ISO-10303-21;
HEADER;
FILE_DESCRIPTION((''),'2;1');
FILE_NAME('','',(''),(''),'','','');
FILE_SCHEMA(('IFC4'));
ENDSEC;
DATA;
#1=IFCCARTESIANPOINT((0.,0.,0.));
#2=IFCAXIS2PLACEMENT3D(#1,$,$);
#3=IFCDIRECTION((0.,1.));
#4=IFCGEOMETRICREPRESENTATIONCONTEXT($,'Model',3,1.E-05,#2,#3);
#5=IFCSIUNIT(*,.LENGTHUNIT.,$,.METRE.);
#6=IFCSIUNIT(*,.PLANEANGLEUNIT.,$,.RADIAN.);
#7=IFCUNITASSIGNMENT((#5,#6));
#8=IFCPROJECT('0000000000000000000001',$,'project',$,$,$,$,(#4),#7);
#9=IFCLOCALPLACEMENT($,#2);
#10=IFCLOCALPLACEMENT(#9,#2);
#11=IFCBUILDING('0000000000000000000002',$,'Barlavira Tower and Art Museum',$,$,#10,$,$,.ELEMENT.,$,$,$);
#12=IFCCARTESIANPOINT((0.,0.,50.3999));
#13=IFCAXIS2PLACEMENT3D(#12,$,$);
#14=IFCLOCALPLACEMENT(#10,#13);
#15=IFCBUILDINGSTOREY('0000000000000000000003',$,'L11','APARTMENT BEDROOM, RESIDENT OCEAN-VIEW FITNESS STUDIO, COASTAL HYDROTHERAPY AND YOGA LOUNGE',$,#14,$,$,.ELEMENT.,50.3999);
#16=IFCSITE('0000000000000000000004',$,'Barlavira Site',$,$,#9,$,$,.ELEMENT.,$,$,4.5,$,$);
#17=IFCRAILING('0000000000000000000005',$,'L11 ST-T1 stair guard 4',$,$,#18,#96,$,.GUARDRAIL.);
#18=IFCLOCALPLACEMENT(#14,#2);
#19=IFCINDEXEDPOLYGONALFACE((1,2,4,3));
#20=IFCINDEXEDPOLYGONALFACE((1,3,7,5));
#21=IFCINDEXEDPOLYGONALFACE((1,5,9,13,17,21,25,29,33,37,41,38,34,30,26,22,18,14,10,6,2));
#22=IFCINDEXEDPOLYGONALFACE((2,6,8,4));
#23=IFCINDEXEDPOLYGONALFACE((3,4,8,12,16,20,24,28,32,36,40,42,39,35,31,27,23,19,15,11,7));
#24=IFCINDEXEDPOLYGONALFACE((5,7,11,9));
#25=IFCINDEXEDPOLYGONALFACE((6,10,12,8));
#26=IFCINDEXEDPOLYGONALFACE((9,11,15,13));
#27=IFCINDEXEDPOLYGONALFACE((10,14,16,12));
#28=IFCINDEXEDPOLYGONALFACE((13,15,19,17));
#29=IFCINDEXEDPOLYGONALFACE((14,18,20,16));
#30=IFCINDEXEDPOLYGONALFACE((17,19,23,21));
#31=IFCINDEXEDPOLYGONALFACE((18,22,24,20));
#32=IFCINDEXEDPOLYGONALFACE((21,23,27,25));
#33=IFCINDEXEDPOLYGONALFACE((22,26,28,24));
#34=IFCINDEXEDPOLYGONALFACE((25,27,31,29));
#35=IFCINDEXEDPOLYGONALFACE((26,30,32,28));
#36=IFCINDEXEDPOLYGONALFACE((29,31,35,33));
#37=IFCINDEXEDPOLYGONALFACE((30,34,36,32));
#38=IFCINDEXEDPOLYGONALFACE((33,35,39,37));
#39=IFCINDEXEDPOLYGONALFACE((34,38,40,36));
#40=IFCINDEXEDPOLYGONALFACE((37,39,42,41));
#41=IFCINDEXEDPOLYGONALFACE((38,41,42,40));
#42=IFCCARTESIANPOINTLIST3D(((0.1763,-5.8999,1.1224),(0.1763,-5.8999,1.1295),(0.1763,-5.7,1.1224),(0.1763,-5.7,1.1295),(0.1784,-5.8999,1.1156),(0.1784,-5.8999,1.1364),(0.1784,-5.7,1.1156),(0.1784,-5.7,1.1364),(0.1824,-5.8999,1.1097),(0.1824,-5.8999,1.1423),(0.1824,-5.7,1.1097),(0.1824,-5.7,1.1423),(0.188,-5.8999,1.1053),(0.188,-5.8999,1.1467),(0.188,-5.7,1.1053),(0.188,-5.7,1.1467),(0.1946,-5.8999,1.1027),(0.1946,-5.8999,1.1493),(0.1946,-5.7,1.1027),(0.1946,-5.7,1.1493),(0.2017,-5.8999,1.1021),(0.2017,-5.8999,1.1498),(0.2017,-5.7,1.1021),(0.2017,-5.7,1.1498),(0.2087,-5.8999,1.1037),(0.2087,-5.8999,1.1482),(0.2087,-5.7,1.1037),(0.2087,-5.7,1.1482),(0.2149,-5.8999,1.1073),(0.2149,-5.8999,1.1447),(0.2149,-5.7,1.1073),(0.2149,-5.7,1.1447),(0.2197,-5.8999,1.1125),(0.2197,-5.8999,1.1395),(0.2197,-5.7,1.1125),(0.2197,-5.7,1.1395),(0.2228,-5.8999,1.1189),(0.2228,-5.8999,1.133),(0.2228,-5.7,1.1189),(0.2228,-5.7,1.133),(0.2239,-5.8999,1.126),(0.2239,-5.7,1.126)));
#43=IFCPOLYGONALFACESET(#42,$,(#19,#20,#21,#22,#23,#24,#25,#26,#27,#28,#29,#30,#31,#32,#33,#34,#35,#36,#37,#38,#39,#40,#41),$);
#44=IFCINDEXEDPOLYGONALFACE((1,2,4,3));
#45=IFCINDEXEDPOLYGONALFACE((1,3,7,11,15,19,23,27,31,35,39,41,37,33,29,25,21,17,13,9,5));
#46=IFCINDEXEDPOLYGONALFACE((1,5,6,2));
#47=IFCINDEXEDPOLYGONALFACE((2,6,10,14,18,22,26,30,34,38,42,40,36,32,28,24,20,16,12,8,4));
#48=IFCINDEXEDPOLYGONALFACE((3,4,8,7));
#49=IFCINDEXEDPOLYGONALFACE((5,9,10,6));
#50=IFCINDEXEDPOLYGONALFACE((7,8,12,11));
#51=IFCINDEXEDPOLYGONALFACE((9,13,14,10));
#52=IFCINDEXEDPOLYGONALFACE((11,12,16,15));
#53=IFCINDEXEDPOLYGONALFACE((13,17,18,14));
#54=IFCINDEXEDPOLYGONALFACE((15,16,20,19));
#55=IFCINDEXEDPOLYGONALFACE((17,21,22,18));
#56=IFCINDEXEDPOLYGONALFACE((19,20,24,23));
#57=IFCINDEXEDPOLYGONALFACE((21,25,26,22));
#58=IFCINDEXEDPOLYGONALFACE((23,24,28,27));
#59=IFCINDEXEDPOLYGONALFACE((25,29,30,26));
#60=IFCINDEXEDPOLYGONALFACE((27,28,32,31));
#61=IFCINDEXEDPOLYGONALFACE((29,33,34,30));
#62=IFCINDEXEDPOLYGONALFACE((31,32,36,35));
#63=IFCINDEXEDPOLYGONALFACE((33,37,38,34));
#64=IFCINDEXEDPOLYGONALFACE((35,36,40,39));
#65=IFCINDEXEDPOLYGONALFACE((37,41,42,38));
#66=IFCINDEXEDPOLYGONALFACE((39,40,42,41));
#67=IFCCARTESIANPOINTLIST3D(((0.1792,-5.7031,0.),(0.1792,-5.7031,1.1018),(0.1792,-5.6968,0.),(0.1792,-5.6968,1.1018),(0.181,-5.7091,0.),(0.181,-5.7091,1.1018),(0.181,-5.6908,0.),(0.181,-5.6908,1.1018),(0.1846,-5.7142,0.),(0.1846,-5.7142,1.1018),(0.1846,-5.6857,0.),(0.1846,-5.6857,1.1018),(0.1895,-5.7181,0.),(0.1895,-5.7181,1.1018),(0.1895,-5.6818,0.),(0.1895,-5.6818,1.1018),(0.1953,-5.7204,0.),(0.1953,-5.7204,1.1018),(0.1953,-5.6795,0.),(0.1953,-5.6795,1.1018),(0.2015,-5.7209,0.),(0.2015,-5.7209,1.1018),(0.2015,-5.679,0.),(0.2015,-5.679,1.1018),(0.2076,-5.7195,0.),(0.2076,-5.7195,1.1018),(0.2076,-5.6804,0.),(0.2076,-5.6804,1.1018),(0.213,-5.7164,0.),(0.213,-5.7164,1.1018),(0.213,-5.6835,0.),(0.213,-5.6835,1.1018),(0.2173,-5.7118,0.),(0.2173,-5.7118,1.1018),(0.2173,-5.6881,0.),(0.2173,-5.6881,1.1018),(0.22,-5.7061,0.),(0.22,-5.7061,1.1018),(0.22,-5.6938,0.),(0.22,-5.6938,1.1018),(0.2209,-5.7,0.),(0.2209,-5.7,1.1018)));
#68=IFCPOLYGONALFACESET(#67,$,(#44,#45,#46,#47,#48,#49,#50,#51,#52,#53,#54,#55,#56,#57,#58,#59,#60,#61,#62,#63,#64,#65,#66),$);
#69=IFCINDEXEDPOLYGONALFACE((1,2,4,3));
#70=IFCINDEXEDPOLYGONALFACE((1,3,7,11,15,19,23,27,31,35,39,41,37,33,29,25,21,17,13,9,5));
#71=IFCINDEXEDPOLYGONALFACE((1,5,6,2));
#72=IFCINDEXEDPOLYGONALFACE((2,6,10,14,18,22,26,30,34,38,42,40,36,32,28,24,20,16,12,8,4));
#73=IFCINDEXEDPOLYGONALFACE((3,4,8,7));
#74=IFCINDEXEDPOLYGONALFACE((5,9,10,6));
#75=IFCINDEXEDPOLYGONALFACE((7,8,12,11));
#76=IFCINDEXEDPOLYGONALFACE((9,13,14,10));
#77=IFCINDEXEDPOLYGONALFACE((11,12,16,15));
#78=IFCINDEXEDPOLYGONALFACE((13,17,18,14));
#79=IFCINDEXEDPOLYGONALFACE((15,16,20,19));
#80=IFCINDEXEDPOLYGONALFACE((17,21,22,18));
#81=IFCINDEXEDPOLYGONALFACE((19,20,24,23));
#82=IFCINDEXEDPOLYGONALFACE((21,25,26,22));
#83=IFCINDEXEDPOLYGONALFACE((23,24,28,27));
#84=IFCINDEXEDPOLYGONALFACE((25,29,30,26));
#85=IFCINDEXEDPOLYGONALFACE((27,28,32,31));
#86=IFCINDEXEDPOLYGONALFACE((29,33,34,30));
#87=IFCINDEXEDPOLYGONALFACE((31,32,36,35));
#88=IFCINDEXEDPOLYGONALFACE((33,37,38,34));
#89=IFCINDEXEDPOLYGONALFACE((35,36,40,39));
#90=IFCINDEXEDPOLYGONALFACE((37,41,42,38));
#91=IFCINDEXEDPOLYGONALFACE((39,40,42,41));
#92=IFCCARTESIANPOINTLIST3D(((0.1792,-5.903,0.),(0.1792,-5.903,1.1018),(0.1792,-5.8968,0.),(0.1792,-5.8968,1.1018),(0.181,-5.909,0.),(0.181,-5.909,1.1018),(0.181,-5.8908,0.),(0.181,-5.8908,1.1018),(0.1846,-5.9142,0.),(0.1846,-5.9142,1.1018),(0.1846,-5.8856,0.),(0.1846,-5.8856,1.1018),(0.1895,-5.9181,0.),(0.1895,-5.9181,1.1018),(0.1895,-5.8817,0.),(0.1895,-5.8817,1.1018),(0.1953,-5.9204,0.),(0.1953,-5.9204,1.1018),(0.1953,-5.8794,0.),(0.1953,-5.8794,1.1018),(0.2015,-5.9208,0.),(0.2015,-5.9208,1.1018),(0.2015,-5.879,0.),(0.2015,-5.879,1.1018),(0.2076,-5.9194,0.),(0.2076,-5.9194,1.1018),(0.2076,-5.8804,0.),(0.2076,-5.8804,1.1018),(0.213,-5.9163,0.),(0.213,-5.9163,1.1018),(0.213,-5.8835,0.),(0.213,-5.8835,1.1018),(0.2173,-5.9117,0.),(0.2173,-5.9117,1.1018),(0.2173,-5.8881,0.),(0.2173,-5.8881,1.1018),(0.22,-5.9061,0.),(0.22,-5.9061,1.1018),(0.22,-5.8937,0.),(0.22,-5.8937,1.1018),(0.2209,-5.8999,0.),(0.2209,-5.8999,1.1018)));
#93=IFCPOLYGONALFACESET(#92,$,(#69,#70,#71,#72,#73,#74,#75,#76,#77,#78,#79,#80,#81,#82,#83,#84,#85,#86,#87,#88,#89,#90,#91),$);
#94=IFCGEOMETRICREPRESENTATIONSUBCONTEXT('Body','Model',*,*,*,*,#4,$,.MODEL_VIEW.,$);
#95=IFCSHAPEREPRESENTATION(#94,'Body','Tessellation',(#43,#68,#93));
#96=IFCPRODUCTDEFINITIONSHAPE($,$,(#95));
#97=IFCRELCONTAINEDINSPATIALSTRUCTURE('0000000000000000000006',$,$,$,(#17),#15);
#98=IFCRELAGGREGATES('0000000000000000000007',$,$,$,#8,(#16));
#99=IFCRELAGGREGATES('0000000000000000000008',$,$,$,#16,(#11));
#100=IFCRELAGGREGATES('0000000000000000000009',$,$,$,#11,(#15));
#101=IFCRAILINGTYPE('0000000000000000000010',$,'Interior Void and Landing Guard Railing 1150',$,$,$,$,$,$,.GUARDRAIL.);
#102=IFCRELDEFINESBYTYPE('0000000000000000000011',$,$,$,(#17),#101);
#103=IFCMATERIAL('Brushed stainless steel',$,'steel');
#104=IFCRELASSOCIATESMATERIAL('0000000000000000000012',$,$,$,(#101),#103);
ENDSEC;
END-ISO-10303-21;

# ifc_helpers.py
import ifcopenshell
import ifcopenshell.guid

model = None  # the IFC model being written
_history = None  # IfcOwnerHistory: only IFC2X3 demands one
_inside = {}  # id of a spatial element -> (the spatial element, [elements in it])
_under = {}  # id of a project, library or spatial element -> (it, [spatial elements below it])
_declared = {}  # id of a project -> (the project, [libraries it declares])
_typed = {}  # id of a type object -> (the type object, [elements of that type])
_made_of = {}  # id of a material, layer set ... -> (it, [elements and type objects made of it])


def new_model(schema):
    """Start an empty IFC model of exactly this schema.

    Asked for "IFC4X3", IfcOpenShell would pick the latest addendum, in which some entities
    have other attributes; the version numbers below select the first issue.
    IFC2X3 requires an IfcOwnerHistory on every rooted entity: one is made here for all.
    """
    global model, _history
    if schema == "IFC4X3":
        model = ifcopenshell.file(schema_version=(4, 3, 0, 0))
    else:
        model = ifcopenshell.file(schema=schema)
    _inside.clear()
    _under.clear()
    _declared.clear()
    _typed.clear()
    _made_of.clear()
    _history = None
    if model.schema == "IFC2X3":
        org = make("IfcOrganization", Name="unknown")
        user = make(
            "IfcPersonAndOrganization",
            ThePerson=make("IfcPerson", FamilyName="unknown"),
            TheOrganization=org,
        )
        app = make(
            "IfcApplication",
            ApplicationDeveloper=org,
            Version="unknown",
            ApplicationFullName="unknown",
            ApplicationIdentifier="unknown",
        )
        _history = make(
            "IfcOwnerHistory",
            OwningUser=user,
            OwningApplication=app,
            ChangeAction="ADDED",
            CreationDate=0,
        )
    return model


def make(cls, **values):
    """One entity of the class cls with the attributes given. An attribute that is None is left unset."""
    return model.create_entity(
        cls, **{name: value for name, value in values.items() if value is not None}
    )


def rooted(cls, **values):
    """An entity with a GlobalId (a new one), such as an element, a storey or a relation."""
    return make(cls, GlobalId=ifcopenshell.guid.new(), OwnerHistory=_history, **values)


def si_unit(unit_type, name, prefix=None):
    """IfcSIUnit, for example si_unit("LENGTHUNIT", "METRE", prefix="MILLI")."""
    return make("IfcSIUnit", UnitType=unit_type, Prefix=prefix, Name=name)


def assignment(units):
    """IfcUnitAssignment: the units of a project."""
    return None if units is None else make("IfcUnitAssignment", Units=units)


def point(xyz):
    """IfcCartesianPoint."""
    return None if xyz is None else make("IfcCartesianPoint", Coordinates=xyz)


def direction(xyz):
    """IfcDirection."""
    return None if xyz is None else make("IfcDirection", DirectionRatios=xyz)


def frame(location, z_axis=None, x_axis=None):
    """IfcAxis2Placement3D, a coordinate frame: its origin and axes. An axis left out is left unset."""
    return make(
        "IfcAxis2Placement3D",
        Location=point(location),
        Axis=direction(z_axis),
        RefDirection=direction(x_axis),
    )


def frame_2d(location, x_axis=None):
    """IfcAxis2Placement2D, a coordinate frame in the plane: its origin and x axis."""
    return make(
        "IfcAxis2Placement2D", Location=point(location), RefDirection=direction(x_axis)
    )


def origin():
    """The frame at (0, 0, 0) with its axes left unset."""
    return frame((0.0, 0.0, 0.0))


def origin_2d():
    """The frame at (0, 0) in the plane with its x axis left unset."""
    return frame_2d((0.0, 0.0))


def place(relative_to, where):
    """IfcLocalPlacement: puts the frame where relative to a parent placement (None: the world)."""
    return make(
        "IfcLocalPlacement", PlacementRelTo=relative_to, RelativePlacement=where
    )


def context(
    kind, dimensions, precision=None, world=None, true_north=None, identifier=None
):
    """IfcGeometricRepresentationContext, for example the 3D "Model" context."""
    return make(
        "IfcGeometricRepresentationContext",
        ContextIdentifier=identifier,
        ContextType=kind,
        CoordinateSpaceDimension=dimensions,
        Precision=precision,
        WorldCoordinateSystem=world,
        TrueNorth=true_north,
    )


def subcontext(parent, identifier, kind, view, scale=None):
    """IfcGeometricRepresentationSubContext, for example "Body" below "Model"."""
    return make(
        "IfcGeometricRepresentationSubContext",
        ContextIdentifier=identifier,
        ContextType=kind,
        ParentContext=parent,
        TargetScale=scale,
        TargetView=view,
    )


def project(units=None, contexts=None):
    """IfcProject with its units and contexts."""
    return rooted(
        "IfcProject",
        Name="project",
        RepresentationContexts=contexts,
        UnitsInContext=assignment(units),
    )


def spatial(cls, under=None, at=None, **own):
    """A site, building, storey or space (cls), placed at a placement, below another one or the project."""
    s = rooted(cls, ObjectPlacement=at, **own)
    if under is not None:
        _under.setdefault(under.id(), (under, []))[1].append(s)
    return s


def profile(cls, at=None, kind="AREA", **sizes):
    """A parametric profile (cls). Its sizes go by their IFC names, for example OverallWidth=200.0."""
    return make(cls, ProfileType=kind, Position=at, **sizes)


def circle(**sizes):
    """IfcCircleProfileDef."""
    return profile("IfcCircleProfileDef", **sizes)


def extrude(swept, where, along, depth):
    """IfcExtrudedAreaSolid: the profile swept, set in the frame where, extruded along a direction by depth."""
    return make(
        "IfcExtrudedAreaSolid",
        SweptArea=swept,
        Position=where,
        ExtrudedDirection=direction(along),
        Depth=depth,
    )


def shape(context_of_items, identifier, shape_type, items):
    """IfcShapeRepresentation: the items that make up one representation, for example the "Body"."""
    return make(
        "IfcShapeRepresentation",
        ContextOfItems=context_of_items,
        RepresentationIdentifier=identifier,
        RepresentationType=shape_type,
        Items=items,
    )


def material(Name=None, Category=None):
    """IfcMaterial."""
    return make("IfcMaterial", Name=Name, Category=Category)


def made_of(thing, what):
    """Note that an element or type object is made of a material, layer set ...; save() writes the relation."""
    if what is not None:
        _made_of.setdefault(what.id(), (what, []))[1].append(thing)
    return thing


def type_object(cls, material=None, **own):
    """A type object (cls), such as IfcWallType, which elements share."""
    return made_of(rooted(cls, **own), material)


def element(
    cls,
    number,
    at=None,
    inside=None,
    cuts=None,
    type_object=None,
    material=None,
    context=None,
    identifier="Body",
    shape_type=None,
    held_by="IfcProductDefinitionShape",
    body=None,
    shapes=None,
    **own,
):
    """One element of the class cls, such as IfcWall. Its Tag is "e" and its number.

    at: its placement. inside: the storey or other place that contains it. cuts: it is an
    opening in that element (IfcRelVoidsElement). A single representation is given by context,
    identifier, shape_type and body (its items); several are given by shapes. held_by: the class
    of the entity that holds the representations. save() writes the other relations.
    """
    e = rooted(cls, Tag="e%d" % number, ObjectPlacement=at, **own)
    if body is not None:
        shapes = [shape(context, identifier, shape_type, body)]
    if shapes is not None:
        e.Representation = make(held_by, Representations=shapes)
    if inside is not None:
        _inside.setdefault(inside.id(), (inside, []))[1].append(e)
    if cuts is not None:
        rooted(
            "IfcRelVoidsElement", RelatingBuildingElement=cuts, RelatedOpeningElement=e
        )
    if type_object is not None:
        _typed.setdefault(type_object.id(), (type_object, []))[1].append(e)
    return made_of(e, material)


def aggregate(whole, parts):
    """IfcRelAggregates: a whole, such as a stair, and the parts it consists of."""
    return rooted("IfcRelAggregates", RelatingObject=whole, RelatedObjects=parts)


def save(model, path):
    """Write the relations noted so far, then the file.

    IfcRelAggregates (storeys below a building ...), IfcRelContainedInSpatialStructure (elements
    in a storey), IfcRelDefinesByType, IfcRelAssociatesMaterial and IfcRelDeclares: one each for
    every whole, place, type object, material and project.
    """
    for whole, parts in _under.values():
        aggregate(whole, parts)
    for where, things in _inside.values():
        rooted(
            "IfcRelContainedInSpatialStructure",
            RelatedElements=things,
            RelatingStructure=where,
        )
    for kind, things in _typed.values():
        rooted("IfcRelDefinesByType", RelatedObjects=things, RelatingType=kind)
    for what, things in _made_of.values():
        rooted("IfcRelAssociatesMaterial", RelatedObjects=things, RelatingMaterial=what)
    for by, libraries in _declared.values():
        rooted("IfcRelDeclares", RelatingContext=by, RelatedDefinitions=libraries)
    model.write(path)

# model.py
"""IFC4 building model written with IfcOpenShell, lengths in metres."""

from ifc_helpers import new_model, si_unit, direction, frame, origin, origin_2d, place, context, subcontext, project, spatial, circle, extrude, material, type_object, element, save


model = new_model("IFC4")

# Units and contexts
model_context = context("Model", 3, precision=1e-05, world=origin(), true_north=direction((0.0, 1.0)))
body_context = subcontext(model_context, "Body", "Model", "MODEL_VIEW")
ifc_project = project(units=[si_unit("LENGTHUNIT", "METRE"), si_unit("PLANEANGLEUNIT", "RADIAN")], contexts=[model_context])

# Site, building, storey
site_placement = place(None, origin())
site = spatial("IfcSite", under=ifc_project, at=site_placement, Name="Barlavira Site", CompositionType="ELEMENT", RefElevation=4.5)
building_placement = place(site_placement, origin())
building = spatial("IfcBuilding", under=site, at=building_placement, Name="Barlavira Tower and Art Museum", CompositionType="ELEMENT")
storey_placement = place(building_placement, frame((0.0, 0.0, 50.3999)))
storey = spatial("IfcBuildingStorey", under=building, at=storey_placement, Name="L11", Description="APARTMENT BEDROOM, RESIDENT OCEAN-VIEW FITNESS STUDIO, COASTAL HYDROTHERAPY AND YOGA LOUNGE", CompositionType="ELEMENT", Elevation=50.3999)

# Shared definitions
ifc_material_1 = material(Name="Brushed stainless steel", Category="steel")

# Railing
railing_type_1 = type_object("IfcRailingType", Name="Interior Void and Landing Guard Railing 1150", PredefinedType="GUARDRAIL", material=ifc_material_1)
railing_1_placement = place(storey_placement, frame((0.2, -5.7, 0.0)))
element("IfcRailing", 1, at=railing_1_placement, inside=storey, type_object=railing_type_1, Name="L11 ST-T1 stair guard 4", PredefinedType="GUARDRAIL", context=body_context, shape_type="SweptSolid", body=[
    extrude(circle(Radius=0.0239, at=origin_2d()), frame((0.0, 0.0, 1.126), z_axis=(0.0, -1.0, 0.0), x_axis=(1.0, 0.0, 0.0)), (0.0, 0.0, 1.0), 0.2),
    extrude(circle(Radius=0.021, at=origin_2d()), origin(), (0.0, 0.0, 1.0), 1.1018),
    extrude(circle(Radius=0.021, at=origin_2d()), frame((0.0, -0.2, 0.0)), (0.0, 0.0, 1.0), 1.1018),
])

save(model, "model.ifc")
